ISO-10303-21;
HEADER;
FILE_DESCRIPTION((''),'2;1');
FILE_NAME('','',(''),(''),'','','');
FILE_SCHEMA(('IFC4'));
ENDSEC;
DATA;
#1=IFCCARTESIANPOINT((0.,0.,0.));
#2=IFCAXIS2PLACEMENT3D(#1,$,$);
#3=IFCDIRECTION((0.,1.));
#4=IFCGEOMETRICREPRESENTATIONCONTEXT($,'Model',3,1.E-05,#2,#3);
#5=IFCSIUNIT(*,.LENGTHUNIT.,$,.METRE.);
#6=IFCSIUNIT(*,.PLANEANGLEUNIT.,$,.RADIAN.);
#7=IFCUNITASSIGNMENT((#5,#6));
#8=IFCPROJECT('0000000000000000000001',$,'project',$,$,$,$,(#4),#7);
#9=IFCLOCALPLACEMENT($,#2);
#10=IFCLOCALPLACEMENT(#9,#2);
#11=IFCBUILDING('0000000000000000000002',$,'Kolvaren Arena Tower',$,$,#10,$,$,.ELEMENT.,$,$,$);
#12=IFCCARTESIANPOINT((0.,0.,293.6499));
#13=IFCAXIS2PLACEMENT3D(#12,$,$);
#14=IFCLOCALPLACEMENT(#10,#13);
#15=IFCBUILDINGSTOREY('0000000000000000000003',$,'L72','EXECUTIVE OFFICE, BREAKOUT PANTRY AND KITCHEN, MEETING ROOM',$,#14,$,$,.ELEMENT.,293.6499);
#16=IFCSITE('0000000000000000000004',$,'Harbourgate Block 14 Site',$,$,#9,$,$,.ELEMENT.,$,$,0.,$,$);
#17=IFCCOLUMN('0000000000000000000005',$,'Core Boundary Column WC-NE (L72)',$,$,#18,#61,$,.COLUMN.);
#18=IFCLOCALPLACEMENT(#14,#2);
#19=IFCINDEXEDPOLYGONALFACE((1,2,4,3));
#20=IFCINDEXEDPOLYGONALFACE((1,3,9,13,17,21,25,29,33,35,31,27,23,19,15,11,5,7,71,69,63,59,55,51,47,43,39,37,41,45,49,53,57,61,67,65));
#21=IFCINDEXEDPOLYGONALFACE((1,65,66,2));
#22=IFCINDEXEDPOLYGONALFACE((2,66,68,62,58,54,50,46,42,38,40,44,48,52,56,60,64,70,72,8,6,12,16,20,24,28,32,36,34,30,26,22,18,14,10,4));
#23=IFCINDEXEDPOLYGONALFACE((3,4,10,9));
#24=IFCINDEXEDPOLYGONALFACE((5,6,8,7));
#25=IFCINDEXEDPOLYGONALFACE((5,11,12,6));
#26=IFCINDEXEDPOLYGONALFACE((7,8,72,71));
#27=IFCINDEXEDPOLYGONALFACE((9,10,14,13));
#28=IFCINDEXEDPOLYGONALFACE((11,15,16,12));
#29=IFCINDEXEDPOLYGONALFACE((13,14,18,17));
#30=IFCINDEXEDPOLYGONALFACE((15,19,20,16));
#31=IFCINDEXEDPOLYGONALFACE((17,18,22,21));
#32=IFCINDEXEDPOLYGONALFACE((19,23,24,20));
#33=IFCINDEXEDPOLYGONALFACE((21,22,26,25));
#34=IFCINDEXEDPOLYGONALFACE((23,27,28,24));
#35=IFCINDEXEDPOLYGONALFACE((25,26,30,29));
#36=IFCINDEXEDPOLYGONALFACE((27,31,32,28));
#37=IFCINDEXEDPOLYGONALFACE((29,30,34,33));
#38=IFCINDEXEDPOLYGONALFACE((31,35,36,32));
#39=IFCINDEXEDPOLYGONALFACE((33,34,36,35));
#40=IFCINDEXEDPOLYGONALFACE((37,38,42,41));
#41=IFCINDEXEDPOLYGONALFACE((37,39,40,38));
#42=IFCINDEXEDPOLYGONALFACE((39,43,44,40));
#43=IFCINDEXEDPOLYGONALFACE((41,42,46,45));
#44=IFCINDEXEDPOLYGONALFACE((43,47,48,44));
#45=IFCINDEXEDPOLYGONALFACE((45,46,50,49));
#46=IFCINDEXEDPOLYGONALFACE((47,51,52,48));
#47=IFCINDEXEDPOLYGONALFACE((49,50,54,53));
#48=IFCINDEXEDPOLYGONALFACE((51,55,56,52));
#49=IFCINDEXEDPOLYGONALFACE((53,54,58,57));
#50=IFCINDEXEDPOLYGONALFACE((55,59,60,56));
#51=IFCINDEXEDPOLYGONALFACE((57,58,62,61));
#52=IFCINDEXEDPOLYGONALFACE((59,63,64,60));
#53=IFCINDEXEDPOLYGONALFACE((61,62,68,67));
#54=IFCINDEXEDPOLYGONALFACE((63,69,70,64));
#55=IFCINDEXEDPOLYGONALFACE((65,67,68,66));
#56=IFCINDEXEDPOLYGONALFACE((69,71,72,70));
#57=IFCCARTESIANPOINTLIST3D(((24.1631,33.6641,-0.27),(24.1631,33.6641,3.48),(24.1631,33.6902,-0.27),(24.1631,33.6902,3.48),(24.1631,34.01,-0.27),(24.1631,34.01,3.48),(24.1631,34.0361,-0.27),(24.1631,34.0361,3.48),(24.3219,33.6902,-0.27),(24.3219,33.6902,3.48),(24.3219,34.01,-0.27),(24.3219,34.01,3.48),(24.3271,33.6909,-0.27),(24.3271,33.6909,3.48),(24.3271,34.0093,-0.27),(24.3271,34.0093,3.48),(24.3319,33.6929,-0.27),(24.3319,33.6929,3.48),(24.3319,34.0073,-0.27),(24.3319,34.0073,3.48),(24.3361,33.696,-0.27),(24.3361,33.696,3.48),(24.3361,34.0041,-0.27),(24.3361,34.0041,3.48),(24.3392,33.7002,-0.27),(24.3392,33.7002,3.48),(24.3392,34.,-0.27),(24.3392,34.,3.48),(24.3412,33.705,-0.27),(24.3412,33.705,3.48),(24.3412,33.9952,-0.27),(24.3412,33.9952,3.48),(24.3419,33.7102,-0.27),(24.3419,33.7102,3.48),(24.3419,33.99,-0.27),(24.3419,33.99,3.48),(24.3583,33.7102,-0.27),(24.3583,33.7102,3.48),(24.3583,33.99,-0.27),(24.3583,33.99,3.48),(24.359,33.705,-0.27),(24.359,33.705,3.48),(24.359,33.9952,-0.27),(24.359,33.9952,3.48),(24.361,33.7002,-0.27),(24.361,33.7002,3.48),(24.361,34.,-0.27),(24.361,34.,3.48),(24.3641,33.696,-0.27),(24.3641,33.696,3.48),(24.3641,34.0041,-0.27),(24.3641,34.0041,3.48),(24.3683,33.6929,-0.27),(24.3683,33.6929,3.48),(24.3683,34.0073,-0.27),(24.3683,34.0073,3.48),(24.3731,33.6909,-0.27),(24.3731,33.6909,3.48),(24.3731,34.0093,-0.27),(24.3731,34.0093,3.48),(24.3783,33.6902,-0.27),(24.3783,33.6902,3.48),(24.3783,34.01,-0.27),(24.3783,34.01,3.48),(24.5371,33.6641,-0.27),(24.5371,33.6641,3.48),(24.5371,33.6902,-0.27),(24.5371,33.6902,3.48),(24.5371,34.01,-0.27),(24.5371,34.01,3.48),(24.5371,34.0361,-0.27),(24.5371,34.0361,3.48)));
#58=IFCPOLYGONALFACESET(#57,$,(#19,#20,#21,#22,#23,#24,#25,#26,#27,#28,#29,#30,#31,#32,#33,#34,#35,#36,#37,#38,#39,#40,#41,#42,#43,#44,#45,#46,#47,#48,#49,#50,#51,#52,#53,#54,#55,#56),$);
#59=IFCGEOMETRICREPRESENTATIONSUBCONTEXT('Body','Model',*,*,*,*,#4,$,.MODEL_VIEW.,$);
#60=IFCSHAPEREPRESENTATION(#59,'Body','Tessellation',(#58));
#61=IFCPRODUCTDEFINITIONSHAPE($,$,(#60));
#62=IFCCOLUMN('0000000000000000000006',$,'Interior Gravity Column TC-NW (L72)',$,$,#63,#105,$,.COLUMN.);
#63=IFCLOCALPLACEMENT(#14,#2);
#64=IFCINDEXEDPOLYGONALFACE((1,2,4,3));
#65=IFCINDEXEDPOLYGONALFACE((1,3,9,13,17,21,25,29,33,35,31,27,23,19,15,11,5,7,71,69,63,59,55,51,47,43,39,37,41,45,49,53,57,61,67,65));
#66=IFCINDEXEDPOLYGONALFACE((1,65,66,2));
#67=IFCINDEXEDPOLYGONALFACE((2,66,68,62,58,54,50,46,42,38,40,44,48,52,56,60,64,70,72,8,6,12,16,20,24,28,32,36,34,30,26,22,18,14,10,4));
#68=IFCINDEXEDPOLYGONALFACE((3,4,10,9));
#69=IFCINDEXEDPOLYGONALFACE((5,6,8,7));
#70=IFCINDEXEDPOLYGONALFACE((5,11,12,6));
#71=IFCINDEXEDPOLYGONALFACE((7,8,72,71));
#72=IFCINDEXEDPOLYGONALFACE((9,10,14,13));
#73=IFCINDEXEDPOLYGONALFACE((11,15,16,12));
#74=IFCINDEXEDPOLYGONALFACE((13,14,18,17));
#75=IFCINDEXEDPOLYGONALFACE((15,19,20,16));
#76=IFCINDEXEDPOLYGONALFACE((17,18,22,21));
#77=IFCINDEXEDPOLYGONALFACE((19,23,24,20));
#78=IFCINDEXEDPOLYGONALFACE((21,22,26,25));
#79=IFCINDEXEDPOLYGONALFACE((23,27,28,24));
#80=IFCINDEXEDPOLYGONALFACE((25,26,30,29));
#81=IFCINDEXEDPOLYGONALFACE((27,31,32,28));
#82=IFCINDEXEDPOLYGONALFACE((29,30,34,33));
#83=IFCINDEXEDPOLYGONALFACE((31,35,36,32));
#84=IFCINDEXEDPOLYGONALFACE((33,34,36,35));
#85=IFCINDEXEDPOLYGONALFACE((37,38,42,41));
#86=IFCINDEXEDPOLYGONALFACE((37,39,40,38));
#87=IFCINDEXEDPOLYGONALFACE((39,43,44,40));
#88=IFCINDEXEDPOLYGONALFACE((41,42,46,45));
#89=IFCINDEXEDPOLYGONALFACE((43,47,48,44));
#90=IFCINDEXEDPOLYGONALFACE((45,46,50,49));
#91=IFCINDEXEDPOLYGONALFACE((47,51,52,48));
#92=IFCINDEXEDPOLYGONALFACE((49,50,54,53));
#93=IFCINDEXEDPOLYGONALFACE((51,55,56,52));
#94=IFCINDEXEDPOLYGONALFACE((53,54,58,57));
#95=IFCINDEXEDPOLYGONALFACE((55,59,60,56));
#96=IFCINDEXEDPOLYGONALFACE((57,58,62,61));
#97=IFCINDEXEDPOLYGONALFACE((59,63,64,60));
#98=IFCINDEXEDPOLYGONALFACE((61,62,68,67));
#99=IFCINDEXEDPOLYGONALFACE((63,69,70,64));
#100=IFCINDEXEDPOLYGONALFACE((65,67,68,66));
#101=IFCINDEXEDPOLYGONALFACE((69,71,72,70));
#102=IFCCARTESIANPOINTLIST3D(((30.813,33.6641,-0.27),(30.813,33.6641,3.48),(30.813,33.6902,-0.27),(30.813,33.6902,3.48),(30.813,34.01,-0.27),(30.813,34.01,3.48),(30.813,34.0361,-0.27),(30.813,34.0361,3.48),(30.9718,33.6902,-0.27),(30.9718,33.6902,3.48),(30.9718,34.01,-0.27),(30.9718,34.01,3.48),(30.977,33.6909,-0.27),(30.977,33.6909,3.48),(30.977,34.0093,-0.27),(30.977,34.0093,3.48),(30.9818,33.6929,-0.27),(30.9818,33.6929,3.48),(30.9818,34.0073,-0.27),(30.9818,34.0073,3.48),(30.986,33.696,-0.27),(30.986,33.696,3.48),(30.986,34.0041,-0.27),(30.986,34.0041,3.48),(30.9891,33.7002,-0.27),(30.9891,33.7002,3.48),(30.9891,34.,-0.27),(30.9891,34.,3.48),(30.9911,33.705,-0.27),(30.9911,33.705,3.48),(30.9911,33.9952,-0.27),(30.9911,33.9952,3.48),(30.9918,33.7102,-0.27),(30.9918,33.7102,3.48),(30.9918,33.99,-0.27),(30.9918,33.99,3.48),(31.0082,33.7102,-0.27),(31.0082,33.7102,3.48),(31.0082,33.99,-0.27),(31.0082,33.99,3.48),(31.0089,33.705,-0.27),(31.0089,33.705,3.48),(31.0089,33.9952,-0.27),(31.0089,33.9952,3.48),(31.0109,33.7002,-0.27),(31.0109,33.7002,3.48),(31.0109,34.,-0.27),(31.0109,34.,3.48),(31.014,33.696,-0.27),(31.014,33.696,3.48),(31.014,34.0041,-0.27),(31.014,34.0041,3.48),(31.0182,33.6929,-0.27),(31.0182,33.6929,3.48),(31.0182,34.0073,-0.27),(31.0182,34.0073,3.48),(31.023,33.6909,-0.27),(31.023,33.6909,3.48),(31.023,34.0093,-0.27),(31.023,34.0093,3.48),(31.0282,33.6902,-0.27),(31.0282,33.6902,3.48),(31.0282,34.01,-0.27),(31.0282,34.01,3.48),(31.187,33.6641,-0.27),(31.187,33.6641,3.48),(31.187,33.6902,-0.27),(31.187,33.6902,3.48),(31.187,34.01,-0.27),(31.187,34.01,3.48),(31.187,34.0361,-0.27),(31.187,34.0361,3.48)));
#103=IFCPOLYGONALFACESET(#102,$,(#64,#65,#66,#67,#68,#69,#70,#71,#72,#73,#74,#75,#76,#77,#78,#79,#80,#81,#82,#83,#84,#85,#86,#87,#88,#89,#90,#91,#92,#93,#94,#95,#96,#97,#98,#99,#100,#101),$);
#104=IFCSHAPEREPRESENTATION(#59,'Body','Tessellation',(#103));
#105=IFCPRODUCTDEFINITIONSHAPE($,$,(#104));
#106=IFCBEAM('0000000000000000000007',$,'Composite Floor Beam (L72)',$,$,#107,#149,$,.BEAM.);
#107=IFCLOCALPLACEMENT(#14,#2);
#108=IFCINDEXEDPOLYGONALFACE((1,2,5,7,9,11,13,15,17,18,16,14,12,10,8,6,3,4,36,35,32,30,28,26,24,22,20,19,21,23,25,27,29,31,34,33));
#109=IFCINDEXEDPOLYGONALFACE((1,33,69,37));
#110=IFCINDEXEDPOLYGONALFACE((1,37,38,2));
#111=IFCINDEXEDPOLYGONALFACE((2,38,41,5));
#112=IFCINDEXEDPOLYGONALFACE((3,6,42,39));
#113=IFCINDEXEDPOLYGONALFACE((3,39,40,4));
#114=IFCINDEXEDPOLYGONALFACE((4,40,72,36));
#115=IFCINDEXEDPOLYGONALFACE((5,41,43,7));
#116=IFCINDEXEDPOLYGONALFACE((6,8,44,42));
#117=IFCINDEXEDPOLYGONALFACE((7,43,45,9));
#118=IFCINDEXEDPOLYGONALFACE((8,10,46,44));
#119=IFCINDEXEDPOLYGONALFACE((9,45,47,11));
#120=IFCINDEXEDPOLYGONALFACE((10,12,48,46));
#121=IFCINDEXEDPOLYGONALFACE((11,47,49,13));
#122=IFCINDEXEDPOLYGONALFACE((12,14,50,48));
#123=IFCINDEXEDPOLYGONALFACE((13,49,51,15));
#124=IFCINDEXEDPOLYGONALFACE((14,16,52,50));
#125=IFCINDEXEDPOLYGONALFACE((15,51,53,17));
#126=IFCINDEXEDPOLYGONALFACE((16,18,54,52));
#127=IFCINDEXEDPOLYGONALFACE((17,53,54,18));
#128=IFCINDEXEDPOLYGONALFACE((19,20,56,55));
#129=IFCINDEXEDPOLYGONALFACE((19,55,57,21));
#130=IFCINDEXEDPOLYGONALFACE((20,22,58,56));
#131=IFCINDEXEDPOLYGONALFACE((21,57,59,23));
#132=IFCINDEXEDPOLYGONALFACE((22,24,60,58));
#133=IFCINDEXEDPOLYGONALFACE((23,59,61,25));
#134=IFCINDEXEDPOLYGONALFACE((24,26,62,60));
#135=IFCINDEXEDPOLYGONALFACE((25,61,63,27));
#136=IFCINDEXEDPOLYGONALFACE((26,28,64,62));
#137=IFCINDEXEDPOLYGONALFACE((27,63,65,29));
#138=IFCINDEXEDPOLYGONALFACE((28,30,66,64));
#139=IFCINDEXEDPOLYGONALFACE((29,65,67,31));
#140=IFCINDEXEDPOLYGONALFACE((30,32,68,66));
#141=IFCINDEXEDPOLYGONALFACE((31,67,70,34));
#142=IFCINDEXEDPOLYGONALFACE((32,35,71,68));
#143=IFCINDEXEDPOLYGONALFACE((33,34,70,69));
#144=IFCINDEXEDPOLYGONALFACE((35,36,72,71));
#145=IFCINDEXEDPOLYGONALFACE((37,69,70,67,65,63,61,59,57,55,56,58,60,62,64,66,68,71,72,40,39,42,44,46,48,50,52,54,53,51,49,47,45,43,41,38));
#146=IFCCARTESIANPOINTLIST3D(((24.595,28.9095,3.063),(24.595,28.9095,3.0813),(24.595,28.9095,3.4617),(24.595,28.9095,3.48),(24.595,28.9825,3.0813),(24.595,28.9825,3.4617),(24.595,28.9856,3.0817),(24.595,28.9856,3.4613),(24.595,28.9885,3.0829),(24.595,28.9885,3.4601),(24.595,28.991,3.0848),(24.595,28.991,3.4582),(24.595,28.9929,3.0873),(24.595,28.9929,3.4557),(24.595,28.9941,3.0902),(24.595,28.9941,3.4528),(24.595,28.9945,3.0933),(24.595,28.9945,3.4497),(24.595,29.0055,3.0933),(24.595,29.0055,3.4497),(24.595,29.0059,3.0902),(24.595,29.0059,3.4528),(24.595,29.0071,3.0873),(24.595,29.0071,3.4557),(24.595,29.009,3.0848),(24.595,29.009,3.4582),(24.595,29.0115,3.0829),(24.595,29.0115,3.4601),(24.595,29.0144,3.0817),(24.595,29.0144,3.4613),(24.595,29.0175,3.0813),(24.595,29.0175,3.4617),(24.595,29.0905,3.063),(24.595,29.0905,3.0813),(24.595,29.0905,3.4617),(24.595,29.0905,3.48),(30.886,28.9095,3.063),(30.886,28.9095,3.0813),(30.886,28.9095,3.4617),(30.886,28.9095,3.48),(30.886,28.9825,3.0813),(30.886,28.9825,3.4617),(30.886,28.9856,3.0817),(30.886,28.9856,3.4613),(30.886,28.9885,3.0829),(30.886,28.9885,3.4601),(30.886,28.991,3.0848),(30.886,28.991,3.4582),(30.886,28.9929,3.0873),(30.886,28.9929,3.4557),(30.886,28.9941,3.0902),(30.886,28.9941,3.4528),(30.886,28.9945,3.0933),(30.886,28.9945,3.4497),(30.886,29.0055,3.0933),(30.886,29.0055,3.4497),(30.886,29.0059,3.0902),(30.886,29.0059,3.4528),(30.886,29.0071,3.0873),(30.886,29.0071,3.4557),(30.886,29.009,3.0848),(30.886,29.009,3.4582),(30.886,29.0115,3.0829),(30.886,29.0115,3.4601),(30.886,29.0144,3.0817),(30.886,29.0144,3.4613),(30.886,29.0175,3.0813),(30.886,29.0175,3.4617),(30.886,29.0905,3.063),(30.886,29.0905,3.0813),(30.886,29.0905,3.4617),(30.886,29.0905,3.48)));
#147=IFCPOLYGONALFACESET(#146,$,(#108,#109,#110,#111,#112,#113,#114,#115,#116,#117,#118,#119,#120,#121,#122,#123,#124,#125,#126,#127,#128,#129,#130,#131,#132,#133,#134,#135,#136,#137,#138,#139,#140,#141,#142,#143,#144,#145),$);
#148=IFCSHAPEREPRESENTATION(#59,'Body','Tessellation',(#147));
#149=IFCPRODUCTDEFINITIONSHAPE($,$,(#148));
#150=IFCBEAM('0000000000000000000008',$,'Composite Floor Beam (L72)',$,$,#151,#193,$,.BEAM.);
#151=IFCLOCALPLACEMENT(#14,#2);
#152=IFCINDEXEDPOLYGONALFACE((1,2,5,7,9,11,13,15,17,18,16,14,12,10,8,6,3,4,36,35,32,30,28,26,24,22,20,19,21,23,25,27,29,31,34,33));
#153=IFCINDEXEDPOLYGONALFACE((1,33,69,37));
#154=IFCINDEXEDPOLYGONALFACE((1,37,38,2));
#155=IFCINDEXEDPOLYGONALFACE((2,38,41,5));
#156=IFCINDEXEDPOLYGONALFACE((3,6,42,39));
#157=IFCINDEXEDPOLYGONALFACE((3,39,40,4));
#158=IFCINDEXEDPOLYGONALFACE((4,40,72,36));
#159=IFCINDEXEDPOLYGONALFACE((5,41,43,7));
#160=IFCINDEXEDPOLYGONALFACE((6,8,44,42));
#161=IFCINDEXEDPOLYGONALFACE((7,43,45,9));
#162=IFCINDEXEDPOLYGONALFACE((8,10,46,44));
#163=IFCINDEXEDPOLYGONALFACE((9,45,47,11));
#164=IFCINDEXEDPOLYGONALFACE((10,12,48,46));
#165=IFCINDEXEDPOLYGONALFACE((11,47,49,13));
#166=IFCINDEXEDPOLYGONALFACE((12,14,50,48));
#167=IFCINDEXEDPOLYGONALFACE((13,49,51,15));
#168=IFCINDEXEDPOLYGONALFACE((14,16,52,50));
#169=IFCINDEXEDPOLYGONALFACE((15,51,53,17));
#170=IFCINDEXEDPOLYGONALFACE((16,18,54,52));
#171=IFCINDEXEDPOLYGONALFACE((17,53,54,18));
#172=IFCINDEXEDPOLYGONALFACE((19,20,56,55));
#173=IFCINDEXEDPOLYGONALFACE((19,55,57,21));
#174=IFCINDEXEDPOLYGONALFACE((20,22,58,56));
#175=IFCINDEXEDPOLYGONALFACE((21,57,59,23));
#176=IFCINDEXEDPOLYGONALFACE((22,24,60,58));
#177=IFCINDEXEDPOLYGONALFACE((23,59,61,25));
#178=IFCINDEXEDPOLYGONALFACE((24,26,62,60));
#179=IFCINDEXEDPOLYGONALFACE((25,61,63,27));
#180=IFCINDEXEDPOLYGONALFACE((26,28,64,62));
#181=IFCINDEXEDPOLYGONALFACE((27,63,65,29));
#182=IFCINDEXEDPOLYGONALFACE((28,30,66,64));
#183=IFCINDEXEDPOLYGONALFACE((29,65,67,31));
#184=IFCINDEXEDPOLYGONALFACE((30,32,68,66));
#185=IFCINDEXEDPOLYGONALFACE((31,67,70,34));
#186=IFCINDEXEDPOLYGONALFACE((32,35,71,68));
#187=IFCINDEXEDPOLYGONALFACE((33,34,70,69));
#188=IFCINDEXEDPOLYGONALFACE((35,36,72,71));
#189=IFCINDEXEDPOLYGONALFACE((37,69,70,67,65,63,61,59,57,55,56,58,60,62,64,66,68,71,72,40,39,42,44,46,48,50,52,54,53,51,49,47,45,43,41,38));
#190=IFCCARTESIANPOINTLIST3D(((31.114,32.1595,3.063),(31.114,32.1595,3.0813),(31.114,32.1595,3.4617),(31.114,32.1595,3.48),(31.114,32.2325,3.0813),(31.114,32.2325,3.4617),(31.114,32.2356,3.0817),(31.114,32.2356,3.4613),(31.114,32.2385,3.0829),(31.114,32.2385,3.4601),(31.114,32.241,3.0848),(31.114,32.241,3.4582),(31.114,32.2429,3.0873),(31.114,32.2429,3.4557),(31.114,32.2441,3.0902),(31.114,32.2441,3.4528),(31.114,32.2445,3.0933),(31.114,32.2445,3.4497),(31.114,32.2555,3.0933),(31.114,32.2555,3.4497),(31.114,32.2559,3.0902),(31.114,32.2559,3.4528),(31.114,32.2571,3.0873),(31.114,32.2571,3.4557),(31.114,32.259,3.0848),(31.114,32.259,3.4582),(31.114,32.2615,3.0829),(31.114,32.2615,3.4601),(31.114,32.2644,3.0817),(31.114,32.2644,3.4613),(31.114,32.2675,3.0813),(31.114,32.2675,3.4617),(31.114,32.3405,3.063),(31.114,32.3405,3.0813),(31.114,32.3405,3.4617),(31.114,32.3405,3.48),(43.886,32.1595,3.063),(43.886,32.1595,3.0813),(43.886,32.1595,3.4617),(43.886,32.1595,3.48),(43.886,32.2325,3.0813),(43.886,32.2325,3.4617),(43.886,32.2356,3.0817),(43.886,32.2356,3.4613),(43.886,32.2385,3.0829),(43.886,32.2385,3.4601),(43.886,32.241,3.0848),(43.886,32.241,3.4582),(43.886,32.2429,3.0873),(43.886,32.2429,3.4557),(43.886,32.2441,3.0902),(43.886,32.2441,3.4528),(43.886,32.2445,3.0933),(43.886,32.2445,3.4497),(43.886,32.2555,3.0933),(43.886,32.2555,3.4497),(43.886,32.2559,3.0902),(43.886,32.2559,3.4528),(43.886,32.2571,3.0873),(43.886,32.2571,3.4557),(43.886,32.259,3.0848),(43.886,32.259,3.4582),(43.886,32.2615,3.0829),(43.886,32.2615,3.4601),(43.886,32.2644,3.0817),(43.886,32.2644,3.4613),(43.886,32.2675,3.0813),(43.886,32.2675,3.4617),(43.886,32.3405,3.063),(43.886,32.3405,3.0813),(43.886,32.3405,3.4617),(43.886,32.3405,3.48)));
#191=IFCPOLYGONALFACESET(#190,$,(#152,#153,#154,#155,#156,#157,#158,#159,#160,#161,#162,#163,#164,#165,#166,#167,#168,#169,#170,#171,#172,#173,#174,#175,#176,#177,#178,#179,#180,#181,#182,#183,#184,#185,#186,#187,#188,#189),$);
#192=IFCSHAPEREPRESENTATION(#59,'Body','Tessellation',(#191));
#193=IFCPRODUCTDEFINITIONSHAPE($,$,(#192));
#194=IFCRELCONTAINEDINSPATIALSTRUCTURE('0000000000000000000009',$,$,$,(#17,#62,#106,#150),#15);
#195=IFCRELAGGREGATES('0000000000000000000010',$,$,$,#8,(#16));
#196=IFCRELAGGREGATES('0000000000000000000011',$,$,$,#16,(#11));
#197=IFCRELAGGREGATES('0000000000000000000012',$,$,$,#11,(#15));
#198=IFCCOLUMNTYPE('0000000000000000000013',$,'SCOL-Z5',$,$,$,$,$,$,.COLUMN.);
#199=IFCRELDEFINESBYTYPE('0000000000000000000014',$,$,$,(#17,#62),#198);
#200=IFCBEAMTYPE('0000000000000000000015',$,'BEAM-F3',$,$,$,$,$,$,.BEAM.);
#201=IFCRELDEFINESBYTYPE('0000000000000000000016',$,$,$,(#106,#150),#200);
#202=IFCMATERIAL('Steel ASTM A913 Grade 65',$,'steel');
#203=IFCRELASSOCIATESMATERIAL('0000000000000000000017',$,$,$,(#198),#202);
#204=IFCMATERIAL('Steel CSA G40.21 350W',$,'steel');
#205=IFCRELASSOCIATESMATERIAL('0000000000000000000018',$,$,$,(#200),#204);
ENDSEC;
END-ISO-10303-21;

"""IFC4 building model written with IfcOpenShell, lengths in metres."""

from ifc_helpers import new_model, si_unit, direction, frame, origin, origin_2d, place, context, subcontext, project, spatial, i_section, extrude, material, material_profile, profile_set, type_object, element, save


model = new_model("IFC4")

# Units and contexts
model_context = context("Model", 3, precision=1e-05, world=origin(), true_north=direction((0.0, 1.0)))
body_context = subcontext(model_context, "Body", "Model", "MODEL_VIEW")
ifc_project = project(units=[si_unit("LENGTHUNIT", "METRE"), si_unit("PLANEANGLEUNIT", "RADIAN")], contexts=[model_context])

# Site, building, storey
site_placement = place(None, origin())
site = spatial("IfcSite", under=ifc_project, at=site_placement, Name="Harbourgate Block 14 Site", CompositionType="ELEMENT", RefElevation=0.0)
building_placement = place(site_placement, origin())
building = spatial("IfcBuilding", under=site, at=building_placement, Name="Kolvaren Arena Tower", CompositionType="ELEMENT")
storey_placement = place(building_placement, frame((0.0, 0.0, 293.6499)))
storey = spatial("IfcBuildingStorey", under=building, at=storey_placement, Name="L72", Description="EXECUTIVE OFFICE, BREAKOUT PANTRY AND KITCHEN, MEETING ROOM", CompositionType="ELEMENT", Elevation=293.6499)

# Columns
ifc_material_1 = material(Name="Steel ASTM A913 Grade 65", Category="steel")
ifc_material_profile_1 = material_profile(ifc_material_1, i_section(OverallWidth=0.374, OverallDepth=0.3721, WebThickness=0.0164, FlangeThickness=0.0261, FilletRadius=0.02, at=origin_2d()), Name="W360x196")
ifc_profile_set_1 = profile_set([ifc_material_profile_1], Name="Steel ASTM A913 Grade 65")
column_type = type_object("IfcColumnType", Name="SCOL-Z5", PredefinedType="COLUMN", material=ifc_profile_set_1)
for number, where, z_axis, x_axis, name in (
    (1, (24.3501, 33.8501, -0.27), (0.0, 0.0, 1.0), (1.0, 0.0, 0.0), "Core Boundary Column WC-NE (L72)"),
    (2, (31.0, 33.8501, -0.27), (0.0, 0.0, 1.0), (1.0, 0.0, 0.0), "Interior Gravity Column TC-NW (L72)"),
):
    element("IfcColumn", number, at=place(storey_placement, frame(where, z_axis=z_axis, x_axis=x_axis)), inside=storey, type_object=column_type, Name=name, PredefinedType="COLUMN", context=body_context, shape_type="SweptSolid", body=[
        extrude(i_section(OverallWidth=0.374, OverallDepth=0.3721, WebThickness=0.0164, FlangeThickness=0.0261, FilletRadius=0.02, at=origin_2d()), origin(), (0.0, 0.0, 1.0), 3.75),
    ])

# Beams
ifc_material_2 = material(Name="Steel CSA G40.21 350W", Category="steel")
ifc_material_profile_2 = material_profile(ifc_material_2, i_section(OverallWidth=0.1809, OverallDepth=0.417, WebThickness=0.011, FlangeThickness=0.0183, FilletRadius=0.012, at=origin_2d()), Name="W410x85")
ifc_profile_set_2 = profile_set([ifc_material_profile_2], Name="Steel CSA G40.21 350W")
beam_type_1 = type_object("IfcBeamType", Name="BEAM-F3", PredefinedType="BEAM", material=ifc_profile_set_2)
beam_1_placement = place(storey_placement, frame((24.595, 29.0, 3.2715), z_axis=(1.0, 0.0, 0.0), x_axis=(0.0, 1.0, 0.0)))
element("IfcBeam", 3, at=beam_1_placement, inside=storey, type_object=beam_type_1, Name="Composite Floor Beam (L72)", PredefinedType="BEAM", context=body_context, shape_type="SweptSolid", body=[
    extrude(i_section(OverallWidth=0.1809, OverallDepth=0.417, WebThickness=0.011, FlangeThickness=0.0183, FilletRadius=0.012, at=origin_2d()), origin(), (0.0, 0.0, 1.0), 6.291),
])
beam_2_placement = place(storey_placement, frame((31.114, 32.25, 3.2715), z_axis=(1.0, 0.0, 0.0), x_axis=(0.0, 1.0, 0.0)))
element("IfcBeam", 4, at=beam_2_placement, inside=storey, type_object=beam_type_1, Name="Composite Floor Beam (L72)", PredefinedType="BEAM", context=body_context, shape_type="SweptSolid", body=[
    extrude(i_section(OverallWidth=0.1809, OverallDepth=0.417, WebThickness=0.011, FlangeThickness=0.0183, FilletRadius=0.012, at=origin_2d()), origin(), (0.0, 0.0, 1.0), 12.772),
])

save(model, "model.ifc")
